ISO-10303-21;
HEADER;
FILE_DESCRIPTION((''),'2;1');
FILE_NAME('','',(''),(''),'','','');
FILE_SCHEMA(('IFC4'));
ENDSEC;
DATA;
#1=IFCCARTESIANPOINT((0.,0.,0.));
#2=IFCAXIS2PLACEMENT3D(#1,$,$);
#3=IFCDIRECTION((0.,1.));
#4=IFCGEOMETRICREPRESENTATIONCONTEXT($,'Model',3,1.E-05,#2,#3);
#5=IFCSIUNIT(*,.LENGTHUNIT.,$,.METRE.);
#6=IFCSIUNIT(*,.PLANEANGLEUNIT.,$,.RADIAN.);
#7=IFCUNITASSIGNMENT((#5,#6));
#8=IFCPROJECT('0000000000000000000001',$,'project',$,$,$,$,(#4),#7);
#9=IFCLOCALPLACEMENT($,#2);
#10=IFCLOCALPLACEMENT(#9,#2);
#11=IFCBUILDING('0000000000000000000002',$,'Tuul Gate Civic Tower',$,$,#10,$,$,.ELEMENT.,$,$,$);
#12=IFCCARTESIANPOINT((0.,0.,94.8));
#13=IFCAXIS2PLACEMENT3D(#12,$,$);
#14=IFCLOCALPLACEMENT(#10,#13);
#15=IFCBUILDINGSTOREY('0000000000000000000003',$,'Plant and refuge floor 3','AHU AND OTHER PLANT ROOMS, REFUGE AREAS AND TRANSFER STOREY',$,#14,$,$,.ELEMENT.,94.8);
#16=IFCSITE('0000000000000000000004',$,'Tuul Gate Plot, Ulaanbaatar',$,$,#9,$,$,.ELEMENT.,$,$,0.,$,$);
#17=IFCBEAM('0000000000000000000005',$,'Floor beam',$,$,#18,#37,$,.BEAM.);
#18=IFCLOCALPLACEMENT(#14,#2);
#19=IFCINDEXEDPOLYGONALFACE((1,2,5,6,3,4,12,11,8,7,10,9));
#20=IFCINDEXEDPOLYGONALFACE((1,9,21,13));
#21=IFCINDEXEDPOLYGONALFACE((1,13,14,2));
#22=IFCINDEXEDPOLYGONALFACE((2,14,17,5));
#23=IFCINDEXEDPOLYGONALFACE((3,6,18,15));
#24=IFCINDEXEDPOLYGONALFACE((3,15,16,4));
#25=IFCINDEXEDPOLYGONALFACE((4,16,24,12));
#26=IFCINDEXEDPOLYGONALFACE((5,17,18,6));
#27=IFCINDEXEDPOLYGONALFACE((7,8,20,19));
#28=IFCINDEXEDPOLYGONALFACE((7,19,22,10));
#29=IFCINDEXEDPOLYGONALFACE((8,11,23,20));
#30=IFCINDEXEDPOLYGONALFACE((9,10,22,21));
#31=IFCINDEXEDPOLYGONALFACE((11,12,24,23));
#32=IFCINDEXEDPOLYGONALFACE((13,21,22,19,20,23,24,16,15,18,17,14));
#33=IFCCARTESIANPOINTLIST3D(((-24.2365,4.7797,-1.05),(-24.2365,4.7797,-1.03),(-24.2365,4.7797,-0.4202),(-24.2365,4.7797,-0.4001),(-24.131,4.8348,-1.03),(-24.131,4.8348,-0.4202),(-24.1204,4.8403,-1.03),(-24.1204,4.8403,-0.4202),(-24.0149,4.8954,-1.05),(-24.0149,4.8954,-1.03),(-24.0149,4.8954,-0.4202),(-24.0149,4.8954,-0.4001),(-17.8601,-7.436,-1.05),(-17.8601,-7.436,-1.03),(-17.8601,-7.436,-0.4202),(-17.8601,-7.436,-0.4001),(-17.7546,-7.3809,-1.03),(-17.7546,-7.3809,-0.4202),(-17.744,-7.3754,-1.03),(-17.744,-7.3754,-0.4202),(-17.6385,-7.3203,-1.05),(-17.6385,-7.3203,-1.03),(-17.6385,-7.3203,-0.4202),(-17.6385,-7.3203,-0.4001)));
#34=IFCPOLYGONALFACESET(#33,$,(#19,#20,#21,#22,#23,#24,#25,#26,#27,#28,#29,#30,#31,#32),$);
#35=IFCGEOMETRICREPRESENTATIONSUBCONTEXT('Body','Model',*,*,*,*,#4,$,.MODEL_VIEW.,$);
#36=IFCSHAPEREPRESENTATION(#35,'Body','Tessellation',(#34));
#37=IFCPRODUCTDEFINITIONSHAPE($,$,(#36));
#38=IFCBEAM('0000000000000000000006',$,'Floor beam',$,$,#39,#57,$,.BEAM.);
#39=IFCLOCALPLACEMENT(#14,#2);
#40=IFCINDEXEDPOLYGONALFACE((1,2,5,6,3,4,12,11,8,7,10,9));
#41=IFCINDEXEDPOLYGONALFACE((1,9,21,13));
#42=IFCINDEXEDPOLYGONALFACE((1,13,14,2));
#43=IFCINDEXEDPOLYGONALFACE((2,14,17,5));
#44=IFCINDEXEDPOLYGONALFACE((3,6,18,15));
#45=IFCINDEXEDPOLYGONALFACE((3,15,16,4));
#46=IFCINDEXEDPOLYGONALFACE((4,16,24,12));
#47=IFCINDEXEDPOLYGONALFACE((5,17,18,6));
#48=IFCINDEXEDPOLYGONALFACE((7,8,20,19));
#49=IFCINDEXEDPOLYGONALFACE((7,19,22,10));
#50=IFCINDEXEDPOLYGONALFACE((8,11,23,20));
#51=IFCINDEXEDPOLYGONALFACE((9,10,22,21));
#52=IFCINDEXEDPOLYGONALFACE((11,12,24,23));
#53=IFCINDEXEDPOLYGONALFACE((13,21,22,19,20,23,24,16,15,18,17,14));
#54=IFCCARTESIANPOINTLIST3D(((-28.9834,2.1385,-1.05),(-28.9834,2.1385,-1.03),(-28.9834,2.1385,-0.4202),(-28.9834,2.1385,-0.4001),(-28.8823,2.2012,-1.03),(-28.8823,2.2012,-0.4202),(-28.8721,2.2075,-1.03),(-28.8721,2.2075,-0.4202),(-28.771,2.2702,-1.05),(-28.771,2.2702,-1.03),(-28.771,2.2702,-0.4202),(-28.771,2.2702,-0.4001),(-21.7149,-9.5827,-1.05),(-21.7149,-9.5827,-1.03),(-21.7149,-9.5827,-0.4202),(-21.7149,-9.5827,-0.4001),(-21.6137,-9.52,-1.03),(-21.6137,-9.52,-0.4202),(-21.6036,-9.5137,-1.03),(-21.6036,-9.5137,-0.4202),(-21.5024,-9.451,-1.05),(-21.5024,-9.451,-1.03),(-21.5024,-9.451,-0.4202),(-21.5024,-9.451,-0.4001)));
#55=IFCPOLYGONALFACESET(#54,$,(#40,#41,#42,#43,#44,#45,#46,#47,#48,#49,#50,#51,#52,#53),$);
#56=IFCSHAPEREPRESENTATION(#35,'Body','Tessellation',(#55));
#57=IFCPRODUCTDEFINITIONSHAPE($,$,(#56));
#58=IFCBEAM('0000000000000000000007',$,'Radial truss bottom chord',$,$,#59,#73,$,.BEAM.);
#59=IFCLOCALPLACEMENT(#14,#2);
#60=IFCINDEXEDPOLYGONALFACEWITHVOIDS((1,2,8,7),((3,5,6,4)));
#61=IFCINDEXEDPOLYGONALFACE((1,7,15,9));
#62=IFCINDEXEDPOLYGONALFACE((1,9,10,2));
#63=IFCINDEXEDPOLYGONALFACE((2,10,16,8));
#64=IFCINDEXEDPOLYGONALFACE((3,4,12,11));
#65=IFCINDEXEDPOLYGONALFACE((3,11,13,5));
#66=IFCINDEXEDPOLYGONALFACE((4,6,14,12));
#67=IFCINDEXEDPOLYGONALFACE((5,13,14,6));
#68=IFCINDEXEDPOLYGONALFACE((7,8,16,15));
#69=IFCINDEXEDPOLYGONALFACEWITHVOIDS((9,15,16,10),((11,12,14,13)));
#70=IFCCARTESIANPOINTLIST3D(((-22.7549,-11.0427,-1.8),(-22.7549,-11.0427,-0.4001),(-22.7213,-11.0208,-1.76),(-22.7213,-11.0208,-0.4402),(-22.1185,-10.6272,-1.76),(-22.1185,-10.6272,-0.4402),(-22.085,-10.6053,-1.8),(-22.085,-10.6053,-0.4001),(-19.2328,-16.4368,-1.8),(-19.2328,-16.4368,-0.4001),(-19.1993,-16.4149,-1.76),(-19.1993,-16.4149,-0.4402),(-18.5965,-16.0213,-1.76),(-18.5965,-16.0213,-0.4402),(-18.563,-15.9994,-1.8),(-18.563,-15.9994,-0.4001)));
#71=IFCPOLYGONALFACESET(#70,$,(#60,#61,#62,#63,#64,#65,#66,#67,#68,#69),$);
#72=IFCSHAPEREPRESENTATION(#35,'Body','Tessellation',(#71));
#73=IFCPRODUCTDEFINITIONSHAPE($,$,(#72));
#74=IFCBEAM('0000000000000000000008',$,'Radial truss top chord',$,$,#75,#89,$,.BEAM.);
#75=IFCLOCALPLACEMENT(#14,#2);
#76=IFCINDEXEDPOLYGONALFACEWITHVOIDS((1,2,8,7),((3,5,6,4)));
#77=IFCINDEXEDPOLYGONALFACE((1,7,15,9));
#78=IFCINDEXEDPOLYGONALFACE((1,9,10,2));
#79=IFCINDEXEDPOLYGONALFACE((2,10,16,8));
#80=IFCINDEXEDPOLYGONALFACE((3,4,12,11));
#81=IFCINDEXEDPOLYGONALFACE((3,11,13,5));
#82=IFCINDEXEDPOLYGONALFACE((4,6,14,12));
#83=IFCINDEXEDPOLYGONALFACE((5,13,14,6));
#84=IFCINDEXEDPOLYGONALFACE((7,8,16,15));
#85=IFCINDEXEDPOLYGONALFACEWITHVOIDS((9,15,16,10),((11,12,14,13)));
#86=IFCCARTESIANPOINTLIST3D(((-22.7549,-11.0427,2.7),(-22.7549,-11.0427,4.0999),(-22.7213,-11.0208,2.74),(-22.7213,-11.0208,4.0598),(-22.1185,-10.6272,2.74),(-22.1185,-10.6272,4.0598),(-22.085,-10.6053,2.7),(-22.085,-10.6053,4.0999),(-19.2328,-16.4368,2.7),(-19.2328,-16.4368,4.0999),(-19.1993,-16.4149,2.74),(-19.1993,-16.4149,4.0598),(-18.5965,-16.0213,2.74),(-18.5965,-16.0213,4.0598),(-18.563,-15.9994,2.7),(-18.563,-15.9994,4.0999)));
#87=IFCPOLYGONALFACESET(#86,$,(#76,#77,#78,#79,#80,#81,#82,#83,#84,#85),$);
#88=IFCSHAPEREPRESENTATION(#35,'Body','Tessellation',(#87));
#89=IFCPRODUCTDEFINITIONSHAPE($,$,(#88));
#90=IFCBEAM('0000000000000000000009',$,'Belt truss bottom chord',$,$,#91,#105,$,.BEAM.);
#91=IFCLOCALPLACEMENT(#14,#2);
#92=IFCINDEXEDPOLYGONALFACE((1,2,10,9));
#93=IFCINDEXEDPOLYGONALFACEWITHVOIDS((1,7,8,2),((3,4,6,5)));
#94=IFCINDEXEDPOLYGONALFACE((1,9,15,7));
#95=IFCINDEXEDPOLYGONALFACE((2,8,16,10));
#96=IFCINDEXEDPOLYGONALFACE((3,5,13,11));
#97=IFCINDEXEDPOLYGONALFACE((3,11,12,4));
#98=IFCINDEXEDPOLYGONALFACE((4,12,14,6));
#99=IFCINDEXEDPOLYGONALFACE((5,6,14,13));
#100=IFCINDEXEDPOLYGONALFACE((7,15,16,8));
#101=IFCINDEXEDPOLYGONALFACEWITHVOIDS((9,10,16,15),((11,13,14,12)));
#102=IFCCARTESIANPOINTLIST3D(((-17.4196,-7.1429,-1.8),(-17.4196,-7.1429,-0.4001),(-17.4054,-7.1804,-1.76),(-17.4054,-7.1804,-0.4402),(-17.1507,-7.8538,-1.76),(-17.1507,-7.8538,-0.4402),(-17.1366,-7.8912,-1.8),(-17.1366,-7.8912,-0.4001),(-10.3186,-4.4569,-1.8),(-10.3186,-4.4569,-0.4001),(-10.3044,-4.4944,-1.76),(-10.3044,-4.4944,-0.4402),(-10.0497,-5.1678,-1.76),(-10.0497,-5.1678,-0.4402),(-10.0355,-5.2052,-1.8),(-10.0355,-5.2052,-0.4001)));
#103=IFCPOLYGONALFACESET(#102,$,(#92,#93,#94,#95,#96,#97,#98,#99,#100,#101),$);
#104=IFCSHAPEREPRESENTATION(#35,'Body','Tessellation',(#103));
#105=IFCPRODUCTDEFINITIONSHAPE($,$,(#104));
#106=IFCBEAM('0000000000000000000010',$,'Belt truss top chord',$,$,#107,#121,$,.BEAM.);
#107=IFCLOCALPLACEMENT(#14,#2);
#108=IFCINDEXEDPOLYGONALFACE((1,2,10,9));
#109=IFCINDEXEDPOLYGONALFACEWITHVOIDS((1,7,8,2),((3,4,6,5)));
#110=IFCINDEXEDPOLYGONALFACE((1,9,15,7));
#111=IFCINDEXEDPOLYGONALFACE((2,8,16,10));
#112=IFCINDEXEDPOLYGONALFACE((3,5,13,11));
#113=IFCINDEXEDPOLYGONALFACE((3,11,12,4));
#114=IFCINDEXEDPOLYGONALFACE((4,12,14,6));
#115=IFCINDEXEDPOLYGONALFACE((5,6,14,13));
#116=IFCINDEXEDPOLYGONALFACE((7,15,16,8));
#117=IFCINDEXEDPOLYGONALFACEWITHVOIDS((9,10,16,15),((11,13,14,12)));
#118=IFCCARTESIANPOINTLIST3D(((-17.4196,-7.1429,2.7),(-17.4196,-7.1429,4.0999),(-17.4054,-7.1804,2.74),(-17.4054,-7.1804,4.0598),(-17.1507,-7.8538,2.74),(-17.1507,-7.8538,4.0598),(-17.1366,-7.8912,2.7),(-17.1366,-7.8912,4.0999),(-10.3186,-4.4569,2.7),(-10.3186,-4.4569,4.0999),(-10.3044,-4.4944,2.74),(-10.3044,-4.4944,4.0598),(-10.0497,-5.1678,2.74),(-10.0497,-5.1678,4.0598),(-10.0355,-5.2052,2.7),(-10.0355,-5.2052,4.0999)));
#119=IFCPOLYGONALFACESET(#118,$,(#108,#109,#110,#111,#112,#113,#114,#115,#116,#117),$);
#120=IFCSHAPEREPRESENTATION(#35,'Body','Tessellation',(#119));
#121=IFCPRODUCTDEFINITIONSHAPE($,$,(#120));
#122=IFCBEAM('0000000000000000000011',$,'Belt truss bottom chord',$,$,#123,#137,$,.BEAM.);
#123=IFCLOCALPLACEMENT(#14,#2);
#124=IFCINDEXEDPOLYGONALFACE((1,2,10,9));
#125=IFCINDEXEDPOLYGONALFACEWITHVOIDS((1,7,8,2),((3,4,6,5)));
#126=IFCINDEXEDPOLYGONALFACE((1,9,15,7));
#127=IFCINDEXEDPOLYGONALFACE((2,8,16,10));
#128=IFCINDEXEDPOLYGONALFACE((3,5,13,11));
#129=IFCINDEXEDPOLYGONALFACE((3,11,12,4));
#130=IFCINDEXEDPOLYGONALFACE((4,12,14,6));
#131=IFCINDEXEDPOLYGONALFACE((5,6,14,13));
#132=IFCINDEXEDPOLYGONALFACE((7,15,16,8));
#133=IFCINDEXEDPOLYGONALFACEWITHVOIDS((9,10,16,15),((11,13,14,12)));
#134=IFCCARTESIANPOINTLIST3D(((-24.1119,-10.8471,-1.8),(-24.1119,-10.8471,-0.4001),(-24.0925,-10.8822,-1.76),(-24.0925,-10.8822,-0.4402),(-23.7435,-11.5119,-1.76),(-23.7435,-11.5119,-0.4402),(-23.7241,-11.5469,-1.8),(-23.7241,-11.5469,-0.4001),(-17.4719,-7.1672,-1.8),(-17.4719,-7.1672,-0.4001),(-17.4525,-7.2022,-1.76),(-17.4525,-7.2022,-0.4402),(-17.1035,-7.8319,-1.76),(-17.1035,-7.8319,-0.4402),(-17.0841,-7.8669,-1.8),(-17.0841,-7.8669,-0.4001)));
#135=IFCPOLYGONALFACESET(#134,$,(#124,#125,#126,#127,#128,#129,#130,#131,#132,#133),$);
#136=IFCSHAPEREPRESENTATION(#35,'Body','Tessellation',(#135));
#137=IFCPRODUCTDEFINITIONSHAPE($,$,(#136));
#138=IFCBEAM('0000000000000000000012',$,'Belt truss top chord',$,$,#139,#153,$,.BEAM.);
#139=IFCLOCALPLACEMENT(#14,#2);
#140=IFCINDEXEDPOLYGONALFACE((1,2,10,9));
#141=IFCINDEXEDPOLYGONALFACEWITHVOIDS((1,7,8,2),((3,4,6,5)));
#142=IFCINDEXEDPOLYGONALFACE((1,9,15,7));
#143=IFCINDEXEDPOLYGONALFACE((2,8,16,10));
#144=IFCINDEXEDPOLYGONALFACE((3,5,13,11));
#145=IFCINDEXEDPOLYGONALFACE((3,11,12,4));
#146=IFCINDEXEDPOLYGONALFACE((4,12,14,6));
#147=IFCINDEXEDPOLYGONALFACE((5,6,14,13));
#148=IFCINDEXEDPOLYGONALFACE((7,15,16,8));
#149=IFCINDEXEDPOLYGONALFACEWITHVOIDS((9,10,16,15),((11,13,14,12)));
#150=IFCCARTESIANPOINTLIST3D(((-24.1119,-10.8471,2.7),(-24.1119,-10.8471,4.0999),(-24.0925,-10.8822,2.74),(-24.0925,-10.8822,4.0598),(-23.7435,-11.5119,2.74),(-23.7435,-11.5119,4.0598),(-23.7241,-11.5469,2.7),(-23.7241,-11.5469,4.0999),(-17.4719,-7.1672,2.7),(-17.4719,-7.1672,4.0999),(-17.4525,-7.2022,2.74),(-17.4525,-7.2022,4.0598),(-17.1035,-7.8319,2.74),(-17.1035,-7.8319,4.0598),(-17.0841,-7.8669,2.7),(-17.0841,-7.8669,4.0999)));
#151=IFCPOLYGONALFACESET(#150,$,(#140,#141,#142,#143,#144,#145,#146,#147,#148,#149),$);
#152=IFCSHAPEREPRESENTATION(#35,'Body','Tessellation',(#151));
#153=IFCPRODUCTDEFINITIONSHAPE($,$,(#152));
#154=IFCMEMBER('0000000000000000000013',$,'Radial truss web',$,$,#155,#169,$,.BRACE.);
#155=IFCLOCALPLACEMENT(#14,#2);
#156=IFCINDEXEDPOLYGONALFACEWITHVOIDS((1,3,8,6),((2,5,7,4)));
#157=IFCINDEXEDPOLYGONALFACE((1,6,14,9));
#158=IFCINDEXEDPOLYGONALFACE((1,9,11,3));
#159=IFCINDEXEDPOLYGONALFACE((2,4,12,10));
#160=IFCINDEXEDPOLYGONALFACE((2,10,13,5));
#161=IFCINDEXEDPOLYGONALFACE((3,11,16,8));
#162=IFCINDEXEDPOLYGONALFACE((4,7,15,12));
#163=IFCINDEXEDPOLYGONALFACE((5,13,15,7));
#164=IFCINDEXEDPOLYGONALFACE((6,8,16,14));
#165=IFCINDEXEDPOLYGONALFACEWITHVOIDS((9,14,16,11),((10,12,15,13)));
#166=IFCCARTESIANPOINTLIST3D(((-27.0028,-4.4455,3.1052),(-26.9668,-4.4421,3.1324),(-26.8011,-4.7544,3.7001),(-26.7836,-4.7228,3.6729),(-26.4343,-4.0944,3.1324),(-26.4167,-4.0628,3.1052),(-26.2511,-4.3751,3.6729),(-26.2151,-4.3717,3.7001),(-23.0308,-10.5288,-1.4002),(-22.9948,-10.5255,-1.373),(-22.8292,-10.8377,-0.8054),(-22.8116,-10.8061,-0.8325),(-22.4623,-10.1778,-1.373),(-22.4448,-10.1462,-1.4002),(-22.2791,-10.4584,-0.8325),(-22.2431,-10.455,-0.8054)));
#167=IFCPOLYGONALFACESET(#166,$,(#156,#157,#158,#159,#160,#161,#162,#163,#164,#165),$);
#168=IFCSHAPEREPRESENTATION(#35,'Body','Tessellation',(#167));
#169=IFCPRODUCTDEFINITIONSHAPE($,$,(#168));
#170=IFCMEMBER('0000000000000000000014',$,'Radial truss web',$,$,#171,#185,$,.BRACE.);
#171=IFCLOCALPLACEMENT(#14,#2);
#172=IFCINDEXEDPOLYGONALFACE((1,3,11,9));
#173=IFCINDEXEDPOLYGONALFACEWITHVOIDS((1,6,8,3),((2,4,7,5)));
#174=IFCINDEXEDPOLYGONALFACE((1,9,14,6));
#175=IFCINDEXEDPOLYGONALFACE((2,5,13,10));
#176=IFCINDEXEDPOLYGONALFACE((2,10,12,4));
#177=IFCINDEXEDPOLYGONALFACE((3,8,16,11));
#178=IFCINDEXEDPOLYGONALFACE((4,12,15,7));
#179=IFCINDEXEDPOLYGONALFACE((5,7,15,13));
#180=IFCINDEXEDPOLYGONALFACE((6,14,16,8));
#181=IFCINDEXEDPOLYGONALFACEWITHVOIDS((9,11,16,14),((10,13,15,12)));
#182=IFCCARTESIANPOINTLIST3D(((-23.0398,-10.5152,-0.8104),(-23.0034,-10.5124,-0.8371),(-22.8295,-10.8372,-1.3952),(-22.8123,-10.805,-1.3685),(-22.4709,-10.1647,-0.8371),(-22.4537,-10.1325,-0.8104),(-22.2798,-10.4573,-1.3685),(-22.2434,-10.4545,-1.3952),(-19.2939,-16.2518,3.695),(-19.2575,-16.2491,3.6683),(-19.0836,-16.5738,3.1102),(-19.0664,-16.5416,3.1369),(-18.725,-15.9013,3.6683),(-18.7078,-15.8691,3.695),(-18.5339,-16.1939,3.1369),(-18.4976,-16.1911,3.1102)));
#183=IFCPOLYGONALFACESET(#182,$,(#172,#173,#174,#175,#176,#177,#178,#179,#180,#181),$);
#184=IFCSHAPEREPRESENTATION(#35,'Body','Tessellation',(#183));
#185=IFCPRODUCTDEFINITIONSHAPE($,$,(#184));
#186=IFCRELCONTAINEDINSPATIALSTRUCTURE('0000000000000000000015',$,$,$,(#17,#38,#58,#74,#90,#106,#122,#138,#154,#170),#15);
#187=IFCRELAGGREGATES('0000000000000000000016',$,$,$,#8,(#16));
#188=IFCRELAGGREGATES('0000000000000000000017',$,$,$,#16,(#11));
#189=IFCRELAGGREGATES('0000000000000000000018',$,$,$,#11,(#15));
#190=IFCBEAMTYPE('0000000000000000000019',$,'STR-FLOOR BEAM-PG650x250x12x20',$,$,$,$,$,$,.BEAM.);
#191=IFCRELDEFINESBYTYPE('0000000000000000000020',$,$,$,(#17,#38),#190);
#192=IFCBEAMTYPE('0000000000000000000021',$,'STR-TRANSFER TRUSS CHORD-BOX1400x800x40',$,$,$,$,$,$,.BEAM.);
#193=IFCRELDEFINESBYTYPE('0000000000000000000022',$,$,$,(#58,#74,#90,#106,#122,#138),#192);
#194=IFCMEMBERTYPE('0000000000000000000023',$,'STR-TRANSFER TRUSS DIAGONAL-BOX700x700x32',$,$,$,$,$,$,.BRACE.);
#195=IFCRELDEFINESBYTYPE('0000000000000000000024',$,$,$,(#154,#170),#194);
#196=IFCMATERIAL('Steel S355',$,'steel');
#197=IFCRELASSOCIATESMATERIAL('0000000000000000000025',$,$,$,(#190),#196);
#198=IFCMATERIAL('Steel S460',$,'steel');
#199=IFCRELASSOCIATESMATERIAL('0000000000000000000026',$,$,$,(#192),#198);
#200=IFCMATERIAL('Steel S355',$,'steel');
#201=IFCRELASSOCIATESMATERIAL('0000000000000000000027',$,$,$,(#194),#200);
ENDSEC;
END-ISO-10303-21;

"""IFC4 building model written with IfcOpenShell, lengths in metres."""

from ifc_helpers import new_model, si_unit, direction, frame, origin, origin_2d, place, context, subcontext, project, spatial, hollow_rectangle, i_section, extrude, material, material_profile, profile_set, type_object, element, save


model = new_model("IFC4")

# Units and contexts
model_context = context("Model", 3, precision=1e-05, world=origin(), true_north=direction((0.0, 1.0)))
body_context = subcontext(model_context, "Body", "Model", "MODEL_VIEW")
ifc_project = project(units=[si_unit("LENGTHUNIT", "METRE"), si_unit("PLANEANGLEUNIT", "RADIAN")], contexts=[model_context])

# Site, building, storey
site_placement = place(None, origin())
site = spatial("IfcSite", under=ifc_project, at=site_placement, Name="Tuul Gate Plot, Ulaanbaatar", CompositionType="ELEMENT", RefElevation=0.0)
building_placement = place(site_placement, origin())
building = spatial("IfcBuilding", under=site, at=building_placement, Name="Tuul Gate Civic Tower", CompositionType="ELEMENT")
storey_placement = place(building_placement, frame((0.0, 0.0, 94.8)))
storey = spatial("IfcBuildingStorey", under=building, at=storey_placement, Name="Plant and refuge floor 3", Description="AHU AND OTHER PLANT ROOMS, REFUGE AREAS AND TRANSFER STOREY", CompositionType="ELEMENT", Elevation=94.8)

# Beams
ifc_material_1 = material(Name="Steel S355", Category="steel")
ifc_material_profile_1 = material_profile(ifc_material_1, i_section(OverallWidth=0.25, OverallDepth=0.6499, WebThickness=0.012, FlangeThickness=0.02, at=origin_2d()), Name="PG650x250x12x20")
ifc_profile_set_1 = profile_set([ifc_material_profile_1], Name="Steel S355")
beam_type_1 = type_object("IfcBeamType", Name="STR-FLOOR BEAM-PG650x250x12x20", PredefinedType="BEAM", material=ifc_profile_set_1)
beam_1_placement = place(storey_placement, frame((-17.7493, -7.3782, -0.7251), z_axis=(-0.462737, 0.886496, 0.0), x_axis=(-0.886496, -0.462737, 0.0)))
element("IfcBeam", 1, at=beam_1_placement, inside=storey, type_object=beam_type_1, Name="Floor beam", PredefinedType="BEAM", context=body_context, shape_type="SweptSolid", body=[
    extrude(i_section(OverallWidth=0.25, OverallDepth=0.6499, WebThickness=0.012, FlangeThickness=0.02, at=origin_2d()), origin(), (0.0, 0.0, 1.0), 13.7798),
])
beam_2_placement = place(storey_placement, frame((-21.6086, -9.5168, -0.7251), z_axis=(-0.527014, 0.849857, 0.0), x_axis=(-0.849857, -0.527014, 0.0)))
element("IfcBeam", 2, at=beam_2_placement, inside=storey, type_object=beam_type_1, Name="Floor beam", PredefinedType="BEAM", context=body_context, shape_type="SweptSolid", body=[
    extrude(i_section(OverallWidth=0.25, OverallDepth=0.6499, WebThickness=0.012, FlangeThickness=0.02, at=origin_2d()), origin(), (0.0, 0.0, 1.0), 13.792),
])
ifc_material_2 = material(Name="Steel S460", Category="steel")
ifc_material_profile_2 = material_profile(ifc_material_2, hollow_rectangle(XDim=0.8, YDim=1.3999, WallThickness=0.04, at=origin_2d()), Name="BOX1400x800x40")
ifc_profile_set_2 = profile_set([ifc_material_profile_2], Name="Steel S460")
beam_type_2 = type_object("IfcBeamType", Name="STR-TRANSFER TRUSS CHORD-BOX1400x800x40", PredefinedType="BEAM", material=ifc_profile_set_2)
for number, where, z_axis, x_axis, name in (
    (3, (-22.4199, -10.824, -1.1001), (0.546716, -0.837318, 0.0), (0.837318, 0.546716, 0.0), "Radial truss bottom chord"),
    (4, (-22.4199, -10.824, 3.3999), (0.546716, -0.837318, 0.0), (0.837318, 0.546716, 0.0), "Radial truss top chord"),
):
    element("IfcBeam", number, at=place(storey_placement, frame(where, z_axis=z_axis, x_axis=x_axis)), inside=storey, type_object=beam_type_2, Name=name, PredefinedType="BEAM", context=body_context, shape_type="SweptSolid", body=[
        extrude(hollow_rectangle(XDim=0.8, YDim=1.3999, WallThickness=0.04, at=origin_2d()), origin(), (0.0, 0.0, 1.0), 6.4421),
    ])
for number, where, z_axis, x_axis, name in (
    (5, (-17.2781, -7.5171, -1.1001), (0.935324, 0.353793, 0.0), (-0.353793, 0.935324, 0.0), "Belt truss bottom chord"),
    (6, (-17.2781, -7.5171, 3.3999), (0.935324, 0.353793, 0.0), (-0.353793, 0.935324, 0.0), "Belt truss top chord"),
):
    element("IfcBeam", number, at=place(storey_placement, frame(where, z_axis=z_axis, x_axis=x_axis)), inside=storey, type_object=beam_type_2, Name=name, PredefinedType="BEAM", context=body_context, shape_type="SweptSolid", body=[
        extrude(hollow_rectangle(XDim=0.8, YDim=1.3999, WallThickness=0.04, at=origin_2d()), origin(), (0.0, 0.0, 1.0), 7.592),
    ])
for number, where, z_axis, x_axis, name in (
    (7, (-23.918, -11.197, -1.1001), (0.874654, 0.484747, 0.0), (-0.484747, 0.874654, 0.0), "Belt truss bottom chord"),
    (8, (-23.918, -11.197, 3.3999), (0.874654, 0.484747, 0.0), (-0.484747, 0.874654, 0.0), "Belt truss top chord"),
):
    element("IfcBeam", number, at=place(storey_placement, frame(where, z_axis=z_axis, x_axis=x_axis)), inside=storey, type_object=beam_type_2, Name=name, PredefinedType="BEAM", context=body_context, shape_type="SweptSolid", body=[
        extrude(hollow_rectangle(XDim=0.8, YDim=1.3999, WallThickness=0.04, at=origin_2d()), origin(), (0.0, 0.0, 1.0), 7.5916),
    ])

# Members
ifc_material_3 = material(Name="Steel S355", Category="steel")
ifc_material_profile_3 = material_profile(ifc_material_3, hollow_rectangle(XDim=0.7, YDim=0.7, WallThickness=0.032, at=origin_2d()), Name="BOX700x700x32")
ifc_profile_set_3 = profile_set([ifc_material_profile_3], Name="Steel S355")
member_type_1 = type_object("IfcMemberType", Name="STR-TRANSFER TRUSS DIAGONAL-BOX700x700x32", PredefinedType="BRACE", material=ifc_profile_set_3)
member_1_placement = place(storey_placement, frame((-22.637, -10.4919, -1.1028), z_axis=(-0.464622, 0.711599, 0.527023), x_axis=(-0.837322, -0.546711, 0.0)))
element("IfcMember", 9, at=member_1_placement, inside=storey, type_object=member_type_1, Name="Radial truss web", PredefinedType="BRACE", context=body_context, shape_type="SweptSolid", body=[
    extrude(hollow_rectangle(XDim=0.7, YDim=0.7, WallThickness=0.032, at=origin_2d()), origin(), (0.0, 0.0, 1.0), 8.5488),
])
member_2_placement = place(storey_placement, frame((-22.6416, -10.4849, -1.1028), z_axis=(0.456818, -0.699592, 0.549444), x_axis=(0.837303, 0.546739, 0.0)))
element("IfcMember", 10, at=member_2_placement, inside=storey, type_object=member_type_1, Name="Radial truss web", PredefinedType="BRACE", context=body_context, shape_type="SweptSolid", body=[
    extrude(hollow_rectangle(XDim=0.7, YDim=0.7, WallThickness=0.032, at=origin_2d()), origin(), (0.0, 0.0, 1.0), 8.2),
])

save(model, "model.ifc")
